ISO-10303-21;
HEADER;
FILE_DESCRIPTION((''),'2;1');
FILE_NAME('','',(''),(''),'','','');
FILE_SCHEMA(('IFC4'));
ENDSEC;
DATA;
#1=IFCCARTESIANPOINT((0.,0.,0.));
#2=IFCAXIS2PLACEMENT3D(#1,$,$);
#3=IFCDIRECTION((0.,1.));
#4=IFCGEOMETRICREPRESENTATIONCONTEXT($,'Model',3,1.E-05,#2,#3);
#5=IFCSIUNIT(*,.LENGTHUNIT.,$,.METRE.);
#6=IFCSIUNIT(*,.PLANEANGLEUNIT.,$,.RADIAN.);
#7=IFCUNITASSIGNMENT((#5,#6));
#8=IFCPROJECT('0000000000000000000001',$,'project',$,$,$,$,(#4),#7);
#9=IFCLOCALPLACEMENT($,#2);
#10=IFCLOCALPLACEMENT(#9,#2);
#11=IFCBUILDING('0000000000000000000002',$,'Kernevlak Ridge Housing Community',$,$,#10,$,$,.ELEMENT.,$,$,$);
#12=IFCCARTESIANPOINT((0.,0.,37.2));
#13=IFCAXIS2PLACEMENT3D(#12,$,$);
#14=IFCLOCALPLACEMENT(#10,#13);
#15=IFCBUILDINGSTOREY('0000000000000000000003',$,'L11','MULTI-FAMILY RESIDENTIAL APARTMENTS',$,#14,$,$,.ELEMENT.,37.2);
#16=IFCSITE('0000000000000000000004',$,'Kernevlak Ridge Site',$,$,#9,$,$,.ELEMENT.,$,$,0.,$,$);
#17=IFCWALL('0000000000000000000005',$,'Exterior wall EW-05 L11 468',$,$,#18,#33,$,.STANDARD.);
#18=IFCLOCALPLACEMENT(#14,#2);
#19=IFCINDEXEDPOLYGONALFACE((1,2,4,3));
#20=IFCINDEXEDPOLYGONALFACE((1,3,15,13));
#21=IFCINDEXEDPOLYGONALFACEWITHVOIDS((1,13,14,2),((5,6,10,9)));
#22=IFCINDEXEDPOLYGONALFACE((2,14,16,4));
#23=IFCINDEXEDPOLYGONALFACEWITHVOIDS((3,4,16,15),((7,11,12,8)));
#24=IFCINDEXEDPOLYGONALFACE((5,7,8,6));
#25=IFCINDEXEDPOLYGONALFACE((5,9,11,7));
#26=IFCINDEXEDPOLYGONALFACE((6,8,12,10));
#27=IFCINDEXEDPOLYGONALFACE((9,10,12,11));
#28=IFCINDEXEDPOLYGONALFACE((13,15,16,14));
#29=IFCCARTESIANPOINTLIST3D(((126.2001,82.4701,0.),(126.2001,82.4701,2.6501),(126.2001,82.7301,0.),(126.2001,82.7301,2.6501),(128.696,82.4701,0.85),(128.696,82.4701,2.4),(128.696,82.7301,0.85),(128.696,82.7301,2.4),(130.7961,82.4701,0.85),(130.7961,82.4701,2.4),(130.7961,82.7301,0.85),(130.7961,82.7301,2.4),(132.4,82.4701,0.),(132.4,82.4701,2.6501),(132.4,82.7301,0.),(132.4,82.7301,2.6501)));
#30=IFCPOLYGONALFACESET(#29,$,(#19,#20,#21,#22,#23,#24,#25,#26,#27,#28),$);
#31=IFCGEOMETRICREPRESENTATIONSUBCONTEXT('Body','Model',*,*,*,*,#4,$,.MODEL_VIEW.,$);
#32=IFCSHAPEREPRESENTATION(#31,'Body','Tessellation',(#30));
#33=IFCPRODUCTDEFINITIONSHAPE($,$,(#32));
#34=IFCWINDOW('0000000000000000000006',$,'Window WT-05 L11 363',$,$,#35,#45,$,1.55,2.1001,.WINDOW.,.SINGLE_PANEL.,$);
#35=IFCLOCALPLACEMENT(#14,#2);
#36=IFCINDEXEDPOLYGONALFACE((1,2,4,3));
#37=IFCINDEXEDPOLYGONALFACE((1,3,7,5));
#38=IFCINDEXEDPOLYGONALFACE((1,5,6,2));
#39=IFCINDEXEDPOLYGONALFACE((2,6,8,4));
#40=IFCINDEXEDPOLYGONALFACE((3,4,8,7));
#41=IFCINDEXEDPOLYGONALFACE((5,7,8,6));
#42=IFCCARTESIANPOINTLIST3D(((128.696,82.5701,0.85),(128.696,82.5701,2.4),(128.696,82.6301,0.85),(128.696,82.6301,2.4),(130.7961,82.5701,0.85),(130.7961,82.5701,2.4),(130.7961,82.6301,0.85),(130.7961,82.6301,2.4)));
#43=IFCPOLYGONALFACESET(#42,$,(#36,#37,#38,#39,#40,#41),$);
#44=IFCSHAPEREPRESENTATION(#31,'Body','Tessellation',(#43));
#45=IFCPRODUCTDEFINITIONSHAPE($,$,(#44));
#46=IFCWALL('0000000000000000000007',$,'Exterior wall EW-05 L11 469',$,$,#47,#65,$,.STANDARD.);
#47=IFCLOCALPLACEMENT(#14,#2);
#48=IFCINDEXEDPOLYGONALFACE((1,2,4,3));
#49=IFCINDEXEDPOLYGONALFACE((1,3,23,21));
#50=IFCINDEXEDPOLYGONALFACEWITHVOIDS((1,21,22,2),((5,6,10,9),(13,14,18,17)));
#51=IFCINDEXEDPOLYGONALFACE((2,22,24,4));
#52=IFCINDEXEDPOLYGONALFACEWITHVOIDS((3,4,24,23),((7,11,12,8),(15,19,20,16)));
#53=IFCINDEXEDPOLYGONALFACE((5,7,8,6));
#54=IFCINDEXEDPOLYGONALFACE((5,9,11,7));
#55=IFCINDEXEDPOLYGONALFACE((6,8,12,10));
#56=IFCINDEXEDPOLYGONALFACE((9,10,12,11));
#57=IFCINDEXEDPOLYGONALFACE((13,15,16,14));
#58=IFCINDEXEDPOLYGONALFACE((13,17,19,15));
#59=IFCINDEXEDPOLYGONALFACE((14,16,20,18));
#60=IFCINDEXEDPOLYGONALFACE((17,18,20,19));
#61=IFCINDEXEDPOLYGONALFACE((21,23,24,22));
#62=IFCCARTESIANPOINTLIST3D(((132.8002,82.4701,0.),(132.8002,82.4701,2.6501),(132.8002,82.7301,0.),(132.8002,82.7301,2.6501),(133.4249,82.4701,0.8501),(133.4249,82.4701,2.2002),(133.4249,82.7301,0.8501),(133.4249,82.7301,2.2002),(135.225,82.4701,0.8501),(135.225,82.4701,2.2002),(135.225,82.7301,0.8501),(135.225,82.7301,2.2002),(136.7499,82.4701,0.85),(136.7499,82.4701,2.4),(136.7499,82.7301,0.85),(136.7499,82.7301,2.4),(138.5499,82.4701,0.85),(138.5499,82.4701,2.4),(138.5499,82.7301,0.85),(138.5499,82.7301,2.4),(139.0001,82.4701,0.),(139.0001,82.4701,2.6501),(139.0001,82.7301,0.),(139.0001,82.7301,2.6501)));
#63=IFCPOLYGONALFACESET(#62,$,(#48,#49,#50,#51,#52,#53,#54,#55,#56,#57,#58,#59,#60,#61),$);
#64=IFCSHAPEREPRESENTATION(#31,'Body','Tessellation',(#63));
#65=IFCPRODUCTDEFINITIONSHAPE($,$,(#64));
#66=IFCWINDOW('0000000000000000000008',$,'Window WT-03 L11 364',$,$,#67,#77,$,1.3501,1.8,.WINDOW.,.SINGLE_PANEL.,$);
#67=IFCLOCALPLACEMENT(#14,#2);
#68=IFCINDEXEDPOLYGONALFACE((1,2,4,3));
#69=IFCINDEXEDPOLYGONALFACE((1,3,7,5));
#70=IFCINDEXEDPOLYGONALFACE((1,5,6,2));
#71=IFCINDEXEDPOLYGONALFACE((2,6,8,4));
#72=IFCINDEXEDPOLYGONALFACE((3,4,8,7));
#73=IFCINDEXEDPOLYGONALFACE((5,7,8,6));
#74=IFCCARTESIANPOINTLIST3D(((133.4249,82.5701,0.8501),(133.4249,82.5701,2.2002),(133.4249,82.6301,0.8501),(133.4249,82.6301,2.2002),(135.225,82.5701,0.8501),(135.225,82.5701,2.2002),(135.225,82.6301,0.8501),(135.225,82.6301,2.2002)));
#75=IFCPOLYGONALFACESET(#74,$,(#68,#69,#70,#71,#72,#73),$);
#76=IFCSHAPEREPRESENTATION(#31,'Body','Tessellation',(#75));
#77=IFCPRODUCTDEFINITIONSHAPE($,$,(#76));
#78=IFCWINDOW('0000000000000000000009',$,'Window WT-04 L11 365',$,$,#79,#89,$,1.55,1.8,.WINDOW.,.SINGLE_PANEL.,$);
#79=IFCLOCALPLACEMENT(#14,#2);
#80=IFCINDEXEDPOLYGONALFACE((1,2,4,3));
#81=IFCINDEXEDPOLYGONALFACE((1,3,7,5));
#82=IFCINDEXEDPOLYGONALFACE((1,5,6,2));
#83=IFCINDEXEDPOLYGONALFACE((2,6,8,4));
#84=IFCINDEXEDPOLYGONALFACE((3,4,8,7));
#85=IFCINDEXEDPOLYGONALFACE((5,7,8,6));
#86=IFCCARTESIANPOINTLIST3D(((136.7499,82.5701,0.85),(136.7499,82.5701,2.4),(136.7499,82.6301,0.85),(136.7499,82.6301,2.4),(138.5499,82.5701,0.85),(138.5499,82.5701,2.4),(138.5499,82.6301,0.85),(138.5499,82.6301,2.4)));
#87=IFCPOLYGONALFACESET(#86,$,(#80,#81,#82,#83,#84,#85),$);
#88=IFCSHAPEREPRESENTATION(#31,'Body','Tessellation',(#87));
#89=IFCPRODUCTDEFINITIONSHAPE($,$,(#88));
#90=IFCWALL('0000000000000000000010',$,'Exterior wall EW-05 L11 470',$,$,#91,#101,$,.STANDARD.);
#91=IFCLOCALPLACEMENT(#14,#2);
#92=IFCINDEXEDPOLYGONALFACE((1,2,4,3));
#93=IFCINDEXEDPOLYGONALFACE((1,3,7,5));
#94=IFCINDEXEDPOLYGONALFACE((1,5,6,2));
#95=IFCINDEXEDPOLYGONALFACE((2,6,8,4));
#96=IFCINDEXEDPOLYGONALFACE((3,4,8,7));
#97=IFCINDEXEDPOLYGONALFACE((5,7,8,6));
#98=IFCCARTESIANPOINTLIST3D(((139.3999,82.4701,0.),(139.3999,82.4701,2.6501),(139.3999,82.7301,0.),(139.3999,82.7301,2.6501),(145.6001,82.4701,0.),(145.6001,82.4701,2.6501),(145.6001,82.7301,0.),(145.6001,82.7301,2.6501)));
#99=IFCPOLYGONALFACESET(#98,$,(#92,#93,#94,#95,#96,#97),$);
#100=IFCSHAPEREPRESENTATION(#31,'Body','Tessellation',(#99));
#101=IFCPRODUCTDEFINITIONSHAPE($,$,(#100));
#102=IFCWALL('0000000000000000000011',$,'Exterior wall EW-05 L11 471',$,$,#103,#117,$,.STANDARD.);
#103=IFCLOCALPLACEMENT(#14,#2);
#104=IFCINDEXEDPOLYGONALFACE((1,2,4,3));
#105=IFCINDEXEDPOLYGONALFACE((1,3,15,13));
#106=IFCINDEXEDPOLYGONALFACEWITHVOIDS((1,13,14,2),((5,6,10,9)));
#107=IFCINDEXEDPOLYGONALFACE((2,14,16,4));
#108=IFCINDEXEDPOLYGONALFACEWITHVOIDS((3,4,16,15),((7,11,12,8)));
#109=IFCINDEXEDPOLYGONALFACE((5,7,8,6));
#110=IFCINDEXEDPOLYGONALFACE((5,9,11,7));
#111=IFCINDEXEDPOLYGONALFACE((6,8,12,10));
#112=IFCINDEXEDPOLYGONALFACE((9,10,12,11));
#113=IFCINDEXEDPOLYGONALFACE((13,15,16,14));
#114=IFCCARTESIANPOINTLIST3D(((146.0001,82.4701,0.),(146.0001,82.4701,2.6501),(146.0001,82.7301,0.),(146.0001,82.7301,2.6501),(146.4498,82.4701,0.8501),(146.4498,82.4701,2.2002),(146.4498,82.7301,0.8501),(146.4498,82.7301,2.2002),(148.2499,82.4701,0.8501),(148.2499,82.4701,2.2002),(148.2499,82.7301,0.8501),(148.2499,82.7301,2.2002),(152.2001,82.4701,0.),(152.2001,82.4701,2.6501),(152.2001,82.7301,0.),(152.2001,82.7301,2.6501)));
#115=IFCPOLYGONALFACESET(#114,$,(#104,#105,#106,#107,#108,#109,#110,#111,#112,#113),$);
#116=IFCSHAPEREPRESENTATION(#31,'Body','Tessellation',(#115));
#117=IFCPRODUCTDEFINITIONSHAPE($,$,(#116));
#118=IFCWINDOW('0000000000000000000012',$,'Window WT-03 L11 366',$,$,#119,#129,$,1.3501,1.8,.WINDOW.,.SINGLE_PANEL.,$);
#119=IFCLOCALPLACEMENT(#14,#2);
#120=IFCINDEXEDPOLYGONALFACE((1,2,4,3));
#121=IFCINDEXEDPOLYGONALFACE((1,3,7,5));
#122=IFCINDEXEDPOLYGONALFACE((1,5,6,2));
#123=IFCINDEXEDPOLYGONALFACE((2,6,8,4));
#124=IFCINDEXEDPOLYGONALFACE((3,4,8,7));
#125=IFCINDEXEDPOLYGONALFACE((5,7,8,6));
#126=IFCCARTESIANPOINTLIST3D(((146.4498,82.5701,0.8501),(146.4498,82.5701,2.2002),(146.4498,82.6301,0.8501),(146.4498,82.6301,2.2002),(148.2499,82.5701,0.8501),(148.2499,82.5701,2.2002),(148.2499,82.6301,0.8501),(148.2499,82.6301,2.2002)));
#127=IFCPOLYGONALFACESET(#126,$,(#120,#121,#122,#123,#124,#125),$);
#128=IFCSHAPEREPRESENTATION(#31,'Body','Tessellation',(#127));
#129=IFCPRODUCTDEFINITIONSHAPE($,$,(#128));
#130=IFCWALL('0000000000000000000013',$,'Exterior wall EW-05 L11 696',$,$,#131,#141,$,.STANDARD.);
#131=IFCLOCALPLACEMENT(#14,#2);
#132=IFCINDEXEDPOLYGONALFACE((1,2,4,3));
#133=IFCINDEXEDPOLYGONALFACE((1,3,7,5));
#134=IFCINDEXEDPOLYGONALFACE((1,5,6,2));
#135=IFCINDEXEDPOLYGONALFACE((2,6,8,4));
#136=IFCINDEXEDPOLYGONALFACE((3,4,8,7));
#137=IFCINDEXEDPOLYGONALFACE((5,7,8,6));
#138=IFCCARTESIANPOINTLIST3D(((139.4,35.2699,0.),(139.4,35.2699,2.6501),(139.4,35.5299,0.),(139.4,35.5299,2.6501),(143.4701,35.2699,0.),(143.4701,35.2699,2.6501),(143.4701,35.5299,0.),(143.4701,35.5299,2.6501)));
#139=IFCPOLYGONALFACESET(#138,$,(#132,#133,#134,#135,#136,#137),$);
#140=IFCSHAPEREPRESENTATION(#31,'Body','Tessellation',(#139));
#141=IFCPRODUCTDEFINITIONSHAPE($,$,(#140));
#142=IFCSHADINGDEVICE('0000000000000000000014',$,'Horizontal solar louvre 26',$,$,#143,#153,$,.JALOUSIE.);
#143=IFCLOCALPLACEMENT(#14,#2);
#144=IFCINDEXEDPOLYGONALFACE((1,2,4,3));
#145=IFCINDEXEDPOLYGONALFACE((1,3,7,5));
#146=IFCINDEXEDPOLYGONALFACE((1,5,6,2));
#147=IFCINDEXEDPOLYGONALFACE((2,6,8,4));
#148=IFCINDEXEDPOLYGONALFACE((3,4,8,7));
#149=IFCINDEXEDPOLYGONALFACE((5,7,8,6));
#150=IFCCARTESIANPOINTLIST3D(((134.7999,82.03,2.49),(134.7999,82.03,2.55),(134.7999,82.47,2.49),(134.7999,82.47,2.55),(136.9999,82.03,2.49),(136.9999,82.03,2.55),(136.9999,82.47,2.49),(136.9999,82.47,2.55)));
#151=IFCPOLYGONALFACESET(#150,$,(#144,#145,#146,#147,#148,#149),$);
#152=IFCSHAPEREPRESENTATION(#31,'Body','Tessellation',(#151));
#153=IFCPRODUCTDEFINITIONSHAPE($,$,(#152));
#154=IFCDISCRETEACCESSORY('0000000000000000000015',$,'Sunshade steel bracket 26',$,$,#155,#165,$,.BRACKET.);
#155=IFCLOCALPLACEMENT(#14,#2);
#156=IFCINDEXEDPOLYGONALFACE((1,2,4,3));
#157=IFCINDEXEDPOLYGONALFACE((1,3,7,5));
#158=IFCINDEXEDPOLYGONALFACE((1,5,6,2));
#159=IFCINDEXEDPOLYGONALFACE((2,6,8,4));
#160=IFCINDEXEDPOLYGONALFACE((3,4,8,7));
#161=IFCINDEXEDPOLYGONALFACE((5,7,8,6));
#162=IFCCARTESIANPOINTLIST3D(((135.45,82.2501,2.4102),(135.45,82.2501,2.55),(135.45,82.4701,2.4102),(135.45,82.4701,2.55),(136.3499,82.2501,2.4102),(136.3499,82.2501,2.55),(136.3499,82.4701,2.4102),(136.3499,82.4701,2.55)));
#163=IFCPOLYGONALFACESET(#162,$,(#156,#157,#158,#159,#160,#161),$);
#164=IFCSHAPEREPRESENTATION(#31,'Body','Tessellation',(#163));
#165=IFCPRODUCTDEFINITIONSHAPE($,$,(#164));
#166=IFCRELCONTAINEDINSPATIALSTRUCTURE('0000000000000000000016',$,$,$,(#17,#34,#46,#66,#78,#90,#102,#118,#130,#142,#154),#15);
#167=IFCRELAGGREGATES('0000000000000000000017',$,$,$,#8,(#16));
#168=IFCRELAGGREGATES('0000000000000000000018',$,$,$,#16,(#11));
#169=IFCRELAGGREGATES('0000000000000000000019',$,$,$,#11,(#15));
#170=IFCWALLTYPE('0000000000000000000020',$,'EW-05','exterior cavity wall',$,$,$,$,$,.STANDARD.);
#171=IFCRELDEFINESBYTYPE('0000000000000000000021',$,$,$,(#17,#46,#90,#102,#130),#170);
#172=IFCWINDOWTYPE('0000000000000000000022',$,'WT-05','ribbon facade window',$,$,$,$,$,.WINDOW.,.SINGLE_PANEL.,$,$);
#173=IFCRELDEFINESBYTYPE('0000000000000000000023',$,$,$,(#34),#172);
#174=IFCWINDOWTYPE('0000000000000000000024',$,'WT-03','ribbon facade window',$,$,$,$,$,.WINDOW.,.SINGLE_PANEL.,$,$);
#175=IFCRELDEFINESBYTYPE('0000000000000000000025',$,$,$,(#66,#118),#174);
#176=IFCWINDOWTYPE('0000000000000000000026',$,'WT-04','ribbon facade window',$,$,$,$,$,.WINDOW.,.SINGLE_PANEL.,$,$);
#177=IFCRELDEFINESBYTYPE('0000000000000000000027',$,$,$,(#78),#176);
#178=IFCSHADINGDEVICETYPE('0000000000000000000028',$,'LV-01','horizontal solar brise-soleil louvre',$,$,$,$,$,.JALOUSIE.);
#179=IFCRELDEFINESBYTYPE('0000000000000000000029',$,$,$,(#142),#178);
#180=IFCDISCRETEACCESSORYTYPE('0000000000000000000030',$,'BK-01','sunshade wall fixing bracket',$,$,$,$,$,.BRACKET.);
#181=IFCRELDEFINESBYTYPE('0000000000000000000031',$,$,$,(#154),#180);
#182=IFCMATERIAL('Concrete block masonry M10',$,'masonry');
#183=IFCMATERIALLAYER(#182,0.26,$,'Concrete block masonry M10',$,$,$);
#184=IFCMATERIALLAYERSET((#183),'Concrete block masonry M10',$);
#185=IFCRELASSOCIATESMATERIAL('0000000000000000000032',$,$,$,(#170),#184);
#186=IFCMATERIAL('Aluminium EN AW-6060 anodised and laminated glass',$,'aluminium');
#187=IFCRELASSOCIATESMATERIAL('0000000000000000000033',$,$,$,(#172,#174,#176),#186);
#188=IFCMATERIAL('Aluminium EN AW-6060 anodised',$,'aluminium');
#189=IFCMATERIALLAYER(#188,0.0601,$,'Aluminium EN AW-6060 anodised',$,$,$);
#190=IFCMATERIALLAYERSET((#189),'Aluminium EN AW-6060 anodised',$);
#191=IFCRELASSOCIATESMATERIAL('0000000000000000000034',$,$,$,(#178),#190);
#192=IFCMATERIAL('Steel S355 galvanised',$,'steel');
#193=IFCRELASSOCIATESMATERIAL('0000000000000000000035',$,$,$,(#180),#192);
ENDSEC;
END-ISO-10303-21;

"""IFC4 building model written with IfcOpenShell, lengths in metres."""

from ifc_helpers import new_model, si_unit, direction, frame, frame_2d, origin, origin_2d, place, context, subcontext, project, spatial, rectangle, extrude, material, layer, layer_set, type_object, element, fill, save


model = new_model("IFC4")

# Units and contexts
model_context = context("Model", 3, precision=1e-05, world=origin(), true_north=direction((0.0, 1.0)))
body_context = subcontext(model_context, "Body", "Model", "MODEL_VIEW")
ifc_project = project(units=[si_unit("LENGTHUNIT", "METRE"), si_unit("PLANEANGLEUNIT", "RADIAN")], contexts=[model_context])

# Site, building, storey
site_placement = place(None, origin())
site = spatial("IfcSite", under=ifc_project, at=site_placement, Name="Kernevlak Ridge Site", CompositionType="ELEMENT", RefElevation=0.0)
building_placement = place(site_placement, origin())
building = spatial("IfcBuilding", under=site, at=building_placement, Name="Kernevlak Ridge Housing Community", CompositionType="ELEMENT")
storey_placement = place(building_placement, frame((0.0, 0.0, 37.2)))
storey = spatial("IfcBuildingStorey", under=building, at=storey_placement, Name="L11", Description="MULTI-FAMILY RESIDENTIAL APARTMENTS", CompositionType="ELEMENT", Elevation=37.2)

# Shared definitions
ifc_material_1 = material(Name="Aluminium EN AW-6060 anodised and laminated glass", Category="aluminium")
ifc_material_2 = material(Name="Aluminium EN AW-6060 anodised", Category="aluminium")

# Wall, opening, window
ifc_material_3 = material(Name="Concrete block masonry M10", Category="masonry")
ifc_layer_1 = layer(ifc_material_3, 0.26, Name="Concrete block masonry M10")
ifc_layer_set_1 = layer_set([ifc_layer_1], Name="Concrete block masonry M10")
wall_type = type_object("IfcWallType", Name="EW-05", Description="exterior cavity wall", PredefinedType="STANDARD", material=ifc_layer_set_1)
wall_1_placement = place(storey_placement, frame((126.2, 82.6001, 0.0), z_axis=(0.0, 0.0, 1.0), x_axis=(1.0, 0.0, 0.0)))
wall_1 = element("IfcWall", 1, at=wall_1_placement, inside=storey, type_object=wall_type, Name="Exterior wall EW-05 L11 468", PredefinedType="STANDARD", context=body_context, shape_type="SweptSolid", body=[
    extrude(rectangle(XDim=6.2, YDim=0.26, at=frame_2d((3.1001, 0.0))), origin(), (0.0, 0.0, 1.0), 2.6501),
])
opening_1_placement = place(wall_1_placement, frame((2.4961, 0.0, 0.8501)))
opening_1 = element("IfcOpeningElement", 2, at=opening_1_placement, cuts=wall_1, PredefinedType="OPENING", context=body_context, shape_type="SweptSolid", body=[
    extrude(rectangle(XDim=2.1001, YDim=1.55, at=frame_2d((1.05, 0.7749))), frame((0.0, 0.1399, 0.0), z_axis=(0.0, -1.0, 0.0), x_axis=(1.0, 0.0, 0.0)), (0.0, 0.0, 1.0), 0.28),
])
window_type_1 = type_object("IfcWindowType", Name="WT-05", Description="ribbon facade window", PartitioningType="SINGLE_PANEL", PredefinedType="WINDOW", material=ifc_material_1)
window_1_placement = place(opening_1_placement, origin())
window_1 = element("IfcWindow", 3, at=window_1_placement, inside=storey, type_object=window_type_1, Name="Window WT-05 L11 363", OverallHeight=1.55, OverallWidth=2.1001, PartitioningType="SINGLE_PANEL", PredefinedType="WINDOW", context=body_context, shape_type="SweptSolid", body=[
    extrude(rectangle(XDim=2.1001, YDim=1.55, at=frame_2d((1.05, 0.7749))), frame((0.0, 0.03, 0.0), z_axis=(0.0, -1.0, 0.0), x_axis=(1.0, 0.0, 0.0)), (0.0, 0.0, 1.0), 0.0601),
])
fill(opening_1, window_1)

# Wall, openings, windows
wall_2_placement = place(storey_placement, frame((132.8, 82.6001, 0.0), z_axis=(0.0, 0.0, 1.0), x_axis=(1.0, 0.0, 0.0)))
wall_2 = element("IfcWall", 4, at=wall_2_placement, inside=storey, type_object=wall_type, Name="Exterior wall EW-05 L11 469", PredefinedType="STANDARD", context=body_context, shape_type="SweptSolid", body=[
    extrude(rectangle(XDim=6.2, YDim=0.26, at=frame_2d((3.1001, 0.0))), origin(), (0.0, 0.0, 1.0), 2.6501),
])
opening_2_placement = place(wall_2_placement, frame((0.625, 0.0, 0.8501)))
opening_2 = element("IfcOpeningElement", 5, at=opening_2_placement, cuts=wall_2, PredefinedType="OPENING", context=body_context, shape_type="SweptSolid", body=[
    extrude(rectangle(XDim=1.8, YDim=1.3501, at=frame_2d((0.8999, 0.675))), frame((0.0, 0.1399, 0.0), z_axis=(0.0, -1.0, 0.0), x_axis=(1.0, 0.0, 0.0)), (0.0, 0.0, 1.0), 0.28),
])
opening_3_placement = place(wall_2_placement, frame((3.95, 0.0, 0.8501)))
opening_3 = element("IfcOpeningElement", 6, at=opening_3_placement, cuts=wall_2, PredefinedType="OPENING", context=body_context, shape_type="SweptSolid", body=[
    extrude(rectangle(XDim=1.8, YDim=1.55, at=frame_2d((0.8999, 0.7749))), frame((0.0, 0.1399, 0.0), z_axis=(0.0, -1.0, 0.0), x_axis=(1.0, 0.0, 0.0)), (0.0, 0.0, 1.0), 0.28),
])
window_type_2 = type_object("IfcWindowType", Name="WT-03", Description="ribbon facade window", PartitioningType="SINGLE_PANEL", PredefinedType="WINDOW", material=ifc_material_1)
window_2_placement = place(opening_2_placement, origin())
window_2 = element("IfcWindow", 7, at=window_2_placement, inside=storey, type_object=window_type_2, Name="Window WT-03 L11 364", OverallHeight=1.3501, OverallWidth=1.8, PartitioningType="SINGLE_PANEL", PredefinedType="WINDOW", context=body_context, shape_type="SweptSolid", body=[
    extrude(rectangle(XDim=1.8, YDim=1.3501, at=frame_2d((0.8999, 0.675))), frame((0.0, 0.03, 0.0), z_axis=(0.0, -1.0, 0.0), x_axis=(1.0, 0.0, 0.0)), (0.0, 0.0, 1.0), 0.0601),
])
fill(opening_2, window_2)
window_type_3 = type_object("IfcWindowType", Name="WT-04", Description="ribbon facade window", PartitioningType="SINGLE_PANEL", PredefinedType="WINDOW", material=ifc_material_1)
window_3_placement = place(opening_3_placement, origin())
window_3 = element("IfcWindow", 8, at=window_3_placement, inside=storey, type_object=window_type_3, Name="Window WT-04 L11 365", OverallHeight=1.55, OverallWidth=1.8, PartitioningType="SINGLE_PANEL", PredefinedType="WINDOW", context=body_context, shape_type="SweptSolid", body=[
    extrude(rectangle(XDim=1.8, YDim=1.55, at=frame_2d((0.8999, 0.7749))), frame((0.0, 0.03, 0.0), z_axis=(0.0, -1.0, 0.0), x_axis=(1.0, 0.0, 0.0)), (0.0, 0.0, 1.0), 0.0601),
])
fill(opening_3, window_3)

# Wall
wall_3_placement = place(storey_placement, frame((139.3999, 82.6001, 0.0), z_axis=(0.0, 0.0, 1.0), x_axis=(1.0, 0.0, 0.0)))
element("IfcWall", 9, at=wall_3_placement, inside=storey, type_object=wall_type, Name="Exterior wall EW-05 L11 470", PredefinedType="STANDARD", context=body_context, shape_type="SweptSolid", body=[
    extrude(rectangle(XDim=6.2002, YDim=0.26, at=frame_2d((3.1001, 0.0))), origin(), (0.0, 0.0, 1.0), 2.6501),
])

# Wall, opening, window
wall_4_placement = place(storey_placement, frame((146.0, 82.6001, 0.0), z_axis=(0.0, 0.0, 1.0), x_axis=(1.0, 0.0, 0.0)))
wall_4 = element("IfcWall", 10, at=wall_4_placement, inside=storey, type_object=wall_type, Name="Exterior wall EW-05 L11 471", PredefinedType="STANDARD", context=body_context, shape_type="SweptSolid", body=[
    extrude(rectangle(XDim=6.2, YDim=0.26, at=frame_2d((3.1001, 0.0))), origin(), (0.0, 0.0, 1.0), 2.6501),
])
opening_4_placement = place(wall_4_placement, frame((0.45, 0.0, 0.8501)))
opening_4 = element("IfcOpeningElement", 11, at=opening_4_placement, cuts=wall_4, PredefinedType="OPENING", context=body_context, shape_type="SweptSolid", body=[
    extrude(rectangle(XDim=1.8, YDim=1.3501, at=frame_2d((0.8999, 0.675))), frame((0.0, 0.1399, 0.0), z_axis=(0.0, -1.0, 0.0), x_axis=(1.0, 0.0, 0.0)), (0.0, 0.0, 1.0), 0.28),
])
window_4_placement = place(opening_4_placement, origin())
window_4 = element("IfcWindow", 12, at=window_4_placement, inside=storey, type_object=window_type_2, Name="Window WT-03 L11 366", OverallHeight=1.3501, OverallWidth=1.8, PartitioningType="SINGLE_PANEL", PredefinedType="WINDOW", context=body_context, shape_type="SweptSolid", body=[
    extrude(rectangle(XDim=1.8, YDim=1.3501, at=frame_2d((0.8999, 0.675))), frame((0.0, 0.03, 0.0), z_axis=(0.0, -1.0, 0.0), x_axis=(1.0, 0.0, 0.0)), (0.0, 0.0, 1.0), 0.0601),
])
fill(opening_4, window_4)

# Wall
wall_5_placement = place(storey_placement, frame((139.3999, 35.3999, 0.0), z_axis=(0.0, 0.0, 1.0), x_axis=(1.0, 0.0, 0.0)))
element("IfcWall", 13, at=wall_5_placement, inside=storey, type_object=wall_type, Name="Exterior wall EW-05 L11 696", PredefinedType="STANDARD", context=body_context, shape_type="SweptSolid", body=[
    extrude(rectangle(XDim=4.0701, YDim=0.26, at=frame_2d((2.0352, 0.0))), origin(), (0.0, 0.0, 1.0), 2.6501),
])

# Shading device
ifc_layer_2 = layer(ifc_material_2, 0.0601, Name="Aluminium EN AW-6060 anodised")
ifc_layer_set_2 = layer_set([ifc_layer_2], Name="Aluminium EN AW-6060 anodised")
shading_device_type = type_object("IfcShadingDeviceType", Name="LV-01", Description="horizontal solar brise-soleil louvre", PredefinedType="JALOUSIE", material=ifc_layer_set_2)
shading_device_placement = place(storey_placement, frame((135.8999, 82.25, 2.49), z_axis=(0.0, 0.0, 1.0), x_axis=(1.0, 0.0, 0.0)))
element("IfcShadingDevice", 14, at=shading_device_placement, inside=storey, type_object=shading_device_type, Name="Horizontal solar louvre 26", PredefinedType="JALOUSIE", context=body_context, shape_type="SweptSolid", body=[
    extrude(rectangle(XDim=2.2, YDim=0.4399, at=origin_2d()), origin(), (0.0, 0.0, 1.0), 0.0601),
])

# Discrete accessory
ifc_material_4 = material(Name="Steel S355 galvanised", Category="steel")
discrete_accessory_type = type_object("IfcDiscreteAccessoryType", Name="BK-01", Description="sunshade wall fixing bracket", PredefinedType="BRACKET", material=ifc_material_4)
discrete_accessory_placement = place(storey_placement, frame((135.8999, 82.3601, 2.4102), z_axis=(0.0, 0.0, 1.0), x_axis=(1.0, 0.0, 0.0)))
element("IfcDiscreteAccessory", 15, at=discrete_accessory_placement, inside=storey, type_object=discrete_accessory_type, Name="Sunshade steel bracket 26", PredefinedType="BRACKET", context=body_context, shape_type="SweptSolid", body=[
    extrude(rectangle(XDim=0.8999, YDim=0.22, at=origin_2d()), origin(), (0.0, 0.0, 1.0), 0.1399),
])

save(model, "model.ifc")
